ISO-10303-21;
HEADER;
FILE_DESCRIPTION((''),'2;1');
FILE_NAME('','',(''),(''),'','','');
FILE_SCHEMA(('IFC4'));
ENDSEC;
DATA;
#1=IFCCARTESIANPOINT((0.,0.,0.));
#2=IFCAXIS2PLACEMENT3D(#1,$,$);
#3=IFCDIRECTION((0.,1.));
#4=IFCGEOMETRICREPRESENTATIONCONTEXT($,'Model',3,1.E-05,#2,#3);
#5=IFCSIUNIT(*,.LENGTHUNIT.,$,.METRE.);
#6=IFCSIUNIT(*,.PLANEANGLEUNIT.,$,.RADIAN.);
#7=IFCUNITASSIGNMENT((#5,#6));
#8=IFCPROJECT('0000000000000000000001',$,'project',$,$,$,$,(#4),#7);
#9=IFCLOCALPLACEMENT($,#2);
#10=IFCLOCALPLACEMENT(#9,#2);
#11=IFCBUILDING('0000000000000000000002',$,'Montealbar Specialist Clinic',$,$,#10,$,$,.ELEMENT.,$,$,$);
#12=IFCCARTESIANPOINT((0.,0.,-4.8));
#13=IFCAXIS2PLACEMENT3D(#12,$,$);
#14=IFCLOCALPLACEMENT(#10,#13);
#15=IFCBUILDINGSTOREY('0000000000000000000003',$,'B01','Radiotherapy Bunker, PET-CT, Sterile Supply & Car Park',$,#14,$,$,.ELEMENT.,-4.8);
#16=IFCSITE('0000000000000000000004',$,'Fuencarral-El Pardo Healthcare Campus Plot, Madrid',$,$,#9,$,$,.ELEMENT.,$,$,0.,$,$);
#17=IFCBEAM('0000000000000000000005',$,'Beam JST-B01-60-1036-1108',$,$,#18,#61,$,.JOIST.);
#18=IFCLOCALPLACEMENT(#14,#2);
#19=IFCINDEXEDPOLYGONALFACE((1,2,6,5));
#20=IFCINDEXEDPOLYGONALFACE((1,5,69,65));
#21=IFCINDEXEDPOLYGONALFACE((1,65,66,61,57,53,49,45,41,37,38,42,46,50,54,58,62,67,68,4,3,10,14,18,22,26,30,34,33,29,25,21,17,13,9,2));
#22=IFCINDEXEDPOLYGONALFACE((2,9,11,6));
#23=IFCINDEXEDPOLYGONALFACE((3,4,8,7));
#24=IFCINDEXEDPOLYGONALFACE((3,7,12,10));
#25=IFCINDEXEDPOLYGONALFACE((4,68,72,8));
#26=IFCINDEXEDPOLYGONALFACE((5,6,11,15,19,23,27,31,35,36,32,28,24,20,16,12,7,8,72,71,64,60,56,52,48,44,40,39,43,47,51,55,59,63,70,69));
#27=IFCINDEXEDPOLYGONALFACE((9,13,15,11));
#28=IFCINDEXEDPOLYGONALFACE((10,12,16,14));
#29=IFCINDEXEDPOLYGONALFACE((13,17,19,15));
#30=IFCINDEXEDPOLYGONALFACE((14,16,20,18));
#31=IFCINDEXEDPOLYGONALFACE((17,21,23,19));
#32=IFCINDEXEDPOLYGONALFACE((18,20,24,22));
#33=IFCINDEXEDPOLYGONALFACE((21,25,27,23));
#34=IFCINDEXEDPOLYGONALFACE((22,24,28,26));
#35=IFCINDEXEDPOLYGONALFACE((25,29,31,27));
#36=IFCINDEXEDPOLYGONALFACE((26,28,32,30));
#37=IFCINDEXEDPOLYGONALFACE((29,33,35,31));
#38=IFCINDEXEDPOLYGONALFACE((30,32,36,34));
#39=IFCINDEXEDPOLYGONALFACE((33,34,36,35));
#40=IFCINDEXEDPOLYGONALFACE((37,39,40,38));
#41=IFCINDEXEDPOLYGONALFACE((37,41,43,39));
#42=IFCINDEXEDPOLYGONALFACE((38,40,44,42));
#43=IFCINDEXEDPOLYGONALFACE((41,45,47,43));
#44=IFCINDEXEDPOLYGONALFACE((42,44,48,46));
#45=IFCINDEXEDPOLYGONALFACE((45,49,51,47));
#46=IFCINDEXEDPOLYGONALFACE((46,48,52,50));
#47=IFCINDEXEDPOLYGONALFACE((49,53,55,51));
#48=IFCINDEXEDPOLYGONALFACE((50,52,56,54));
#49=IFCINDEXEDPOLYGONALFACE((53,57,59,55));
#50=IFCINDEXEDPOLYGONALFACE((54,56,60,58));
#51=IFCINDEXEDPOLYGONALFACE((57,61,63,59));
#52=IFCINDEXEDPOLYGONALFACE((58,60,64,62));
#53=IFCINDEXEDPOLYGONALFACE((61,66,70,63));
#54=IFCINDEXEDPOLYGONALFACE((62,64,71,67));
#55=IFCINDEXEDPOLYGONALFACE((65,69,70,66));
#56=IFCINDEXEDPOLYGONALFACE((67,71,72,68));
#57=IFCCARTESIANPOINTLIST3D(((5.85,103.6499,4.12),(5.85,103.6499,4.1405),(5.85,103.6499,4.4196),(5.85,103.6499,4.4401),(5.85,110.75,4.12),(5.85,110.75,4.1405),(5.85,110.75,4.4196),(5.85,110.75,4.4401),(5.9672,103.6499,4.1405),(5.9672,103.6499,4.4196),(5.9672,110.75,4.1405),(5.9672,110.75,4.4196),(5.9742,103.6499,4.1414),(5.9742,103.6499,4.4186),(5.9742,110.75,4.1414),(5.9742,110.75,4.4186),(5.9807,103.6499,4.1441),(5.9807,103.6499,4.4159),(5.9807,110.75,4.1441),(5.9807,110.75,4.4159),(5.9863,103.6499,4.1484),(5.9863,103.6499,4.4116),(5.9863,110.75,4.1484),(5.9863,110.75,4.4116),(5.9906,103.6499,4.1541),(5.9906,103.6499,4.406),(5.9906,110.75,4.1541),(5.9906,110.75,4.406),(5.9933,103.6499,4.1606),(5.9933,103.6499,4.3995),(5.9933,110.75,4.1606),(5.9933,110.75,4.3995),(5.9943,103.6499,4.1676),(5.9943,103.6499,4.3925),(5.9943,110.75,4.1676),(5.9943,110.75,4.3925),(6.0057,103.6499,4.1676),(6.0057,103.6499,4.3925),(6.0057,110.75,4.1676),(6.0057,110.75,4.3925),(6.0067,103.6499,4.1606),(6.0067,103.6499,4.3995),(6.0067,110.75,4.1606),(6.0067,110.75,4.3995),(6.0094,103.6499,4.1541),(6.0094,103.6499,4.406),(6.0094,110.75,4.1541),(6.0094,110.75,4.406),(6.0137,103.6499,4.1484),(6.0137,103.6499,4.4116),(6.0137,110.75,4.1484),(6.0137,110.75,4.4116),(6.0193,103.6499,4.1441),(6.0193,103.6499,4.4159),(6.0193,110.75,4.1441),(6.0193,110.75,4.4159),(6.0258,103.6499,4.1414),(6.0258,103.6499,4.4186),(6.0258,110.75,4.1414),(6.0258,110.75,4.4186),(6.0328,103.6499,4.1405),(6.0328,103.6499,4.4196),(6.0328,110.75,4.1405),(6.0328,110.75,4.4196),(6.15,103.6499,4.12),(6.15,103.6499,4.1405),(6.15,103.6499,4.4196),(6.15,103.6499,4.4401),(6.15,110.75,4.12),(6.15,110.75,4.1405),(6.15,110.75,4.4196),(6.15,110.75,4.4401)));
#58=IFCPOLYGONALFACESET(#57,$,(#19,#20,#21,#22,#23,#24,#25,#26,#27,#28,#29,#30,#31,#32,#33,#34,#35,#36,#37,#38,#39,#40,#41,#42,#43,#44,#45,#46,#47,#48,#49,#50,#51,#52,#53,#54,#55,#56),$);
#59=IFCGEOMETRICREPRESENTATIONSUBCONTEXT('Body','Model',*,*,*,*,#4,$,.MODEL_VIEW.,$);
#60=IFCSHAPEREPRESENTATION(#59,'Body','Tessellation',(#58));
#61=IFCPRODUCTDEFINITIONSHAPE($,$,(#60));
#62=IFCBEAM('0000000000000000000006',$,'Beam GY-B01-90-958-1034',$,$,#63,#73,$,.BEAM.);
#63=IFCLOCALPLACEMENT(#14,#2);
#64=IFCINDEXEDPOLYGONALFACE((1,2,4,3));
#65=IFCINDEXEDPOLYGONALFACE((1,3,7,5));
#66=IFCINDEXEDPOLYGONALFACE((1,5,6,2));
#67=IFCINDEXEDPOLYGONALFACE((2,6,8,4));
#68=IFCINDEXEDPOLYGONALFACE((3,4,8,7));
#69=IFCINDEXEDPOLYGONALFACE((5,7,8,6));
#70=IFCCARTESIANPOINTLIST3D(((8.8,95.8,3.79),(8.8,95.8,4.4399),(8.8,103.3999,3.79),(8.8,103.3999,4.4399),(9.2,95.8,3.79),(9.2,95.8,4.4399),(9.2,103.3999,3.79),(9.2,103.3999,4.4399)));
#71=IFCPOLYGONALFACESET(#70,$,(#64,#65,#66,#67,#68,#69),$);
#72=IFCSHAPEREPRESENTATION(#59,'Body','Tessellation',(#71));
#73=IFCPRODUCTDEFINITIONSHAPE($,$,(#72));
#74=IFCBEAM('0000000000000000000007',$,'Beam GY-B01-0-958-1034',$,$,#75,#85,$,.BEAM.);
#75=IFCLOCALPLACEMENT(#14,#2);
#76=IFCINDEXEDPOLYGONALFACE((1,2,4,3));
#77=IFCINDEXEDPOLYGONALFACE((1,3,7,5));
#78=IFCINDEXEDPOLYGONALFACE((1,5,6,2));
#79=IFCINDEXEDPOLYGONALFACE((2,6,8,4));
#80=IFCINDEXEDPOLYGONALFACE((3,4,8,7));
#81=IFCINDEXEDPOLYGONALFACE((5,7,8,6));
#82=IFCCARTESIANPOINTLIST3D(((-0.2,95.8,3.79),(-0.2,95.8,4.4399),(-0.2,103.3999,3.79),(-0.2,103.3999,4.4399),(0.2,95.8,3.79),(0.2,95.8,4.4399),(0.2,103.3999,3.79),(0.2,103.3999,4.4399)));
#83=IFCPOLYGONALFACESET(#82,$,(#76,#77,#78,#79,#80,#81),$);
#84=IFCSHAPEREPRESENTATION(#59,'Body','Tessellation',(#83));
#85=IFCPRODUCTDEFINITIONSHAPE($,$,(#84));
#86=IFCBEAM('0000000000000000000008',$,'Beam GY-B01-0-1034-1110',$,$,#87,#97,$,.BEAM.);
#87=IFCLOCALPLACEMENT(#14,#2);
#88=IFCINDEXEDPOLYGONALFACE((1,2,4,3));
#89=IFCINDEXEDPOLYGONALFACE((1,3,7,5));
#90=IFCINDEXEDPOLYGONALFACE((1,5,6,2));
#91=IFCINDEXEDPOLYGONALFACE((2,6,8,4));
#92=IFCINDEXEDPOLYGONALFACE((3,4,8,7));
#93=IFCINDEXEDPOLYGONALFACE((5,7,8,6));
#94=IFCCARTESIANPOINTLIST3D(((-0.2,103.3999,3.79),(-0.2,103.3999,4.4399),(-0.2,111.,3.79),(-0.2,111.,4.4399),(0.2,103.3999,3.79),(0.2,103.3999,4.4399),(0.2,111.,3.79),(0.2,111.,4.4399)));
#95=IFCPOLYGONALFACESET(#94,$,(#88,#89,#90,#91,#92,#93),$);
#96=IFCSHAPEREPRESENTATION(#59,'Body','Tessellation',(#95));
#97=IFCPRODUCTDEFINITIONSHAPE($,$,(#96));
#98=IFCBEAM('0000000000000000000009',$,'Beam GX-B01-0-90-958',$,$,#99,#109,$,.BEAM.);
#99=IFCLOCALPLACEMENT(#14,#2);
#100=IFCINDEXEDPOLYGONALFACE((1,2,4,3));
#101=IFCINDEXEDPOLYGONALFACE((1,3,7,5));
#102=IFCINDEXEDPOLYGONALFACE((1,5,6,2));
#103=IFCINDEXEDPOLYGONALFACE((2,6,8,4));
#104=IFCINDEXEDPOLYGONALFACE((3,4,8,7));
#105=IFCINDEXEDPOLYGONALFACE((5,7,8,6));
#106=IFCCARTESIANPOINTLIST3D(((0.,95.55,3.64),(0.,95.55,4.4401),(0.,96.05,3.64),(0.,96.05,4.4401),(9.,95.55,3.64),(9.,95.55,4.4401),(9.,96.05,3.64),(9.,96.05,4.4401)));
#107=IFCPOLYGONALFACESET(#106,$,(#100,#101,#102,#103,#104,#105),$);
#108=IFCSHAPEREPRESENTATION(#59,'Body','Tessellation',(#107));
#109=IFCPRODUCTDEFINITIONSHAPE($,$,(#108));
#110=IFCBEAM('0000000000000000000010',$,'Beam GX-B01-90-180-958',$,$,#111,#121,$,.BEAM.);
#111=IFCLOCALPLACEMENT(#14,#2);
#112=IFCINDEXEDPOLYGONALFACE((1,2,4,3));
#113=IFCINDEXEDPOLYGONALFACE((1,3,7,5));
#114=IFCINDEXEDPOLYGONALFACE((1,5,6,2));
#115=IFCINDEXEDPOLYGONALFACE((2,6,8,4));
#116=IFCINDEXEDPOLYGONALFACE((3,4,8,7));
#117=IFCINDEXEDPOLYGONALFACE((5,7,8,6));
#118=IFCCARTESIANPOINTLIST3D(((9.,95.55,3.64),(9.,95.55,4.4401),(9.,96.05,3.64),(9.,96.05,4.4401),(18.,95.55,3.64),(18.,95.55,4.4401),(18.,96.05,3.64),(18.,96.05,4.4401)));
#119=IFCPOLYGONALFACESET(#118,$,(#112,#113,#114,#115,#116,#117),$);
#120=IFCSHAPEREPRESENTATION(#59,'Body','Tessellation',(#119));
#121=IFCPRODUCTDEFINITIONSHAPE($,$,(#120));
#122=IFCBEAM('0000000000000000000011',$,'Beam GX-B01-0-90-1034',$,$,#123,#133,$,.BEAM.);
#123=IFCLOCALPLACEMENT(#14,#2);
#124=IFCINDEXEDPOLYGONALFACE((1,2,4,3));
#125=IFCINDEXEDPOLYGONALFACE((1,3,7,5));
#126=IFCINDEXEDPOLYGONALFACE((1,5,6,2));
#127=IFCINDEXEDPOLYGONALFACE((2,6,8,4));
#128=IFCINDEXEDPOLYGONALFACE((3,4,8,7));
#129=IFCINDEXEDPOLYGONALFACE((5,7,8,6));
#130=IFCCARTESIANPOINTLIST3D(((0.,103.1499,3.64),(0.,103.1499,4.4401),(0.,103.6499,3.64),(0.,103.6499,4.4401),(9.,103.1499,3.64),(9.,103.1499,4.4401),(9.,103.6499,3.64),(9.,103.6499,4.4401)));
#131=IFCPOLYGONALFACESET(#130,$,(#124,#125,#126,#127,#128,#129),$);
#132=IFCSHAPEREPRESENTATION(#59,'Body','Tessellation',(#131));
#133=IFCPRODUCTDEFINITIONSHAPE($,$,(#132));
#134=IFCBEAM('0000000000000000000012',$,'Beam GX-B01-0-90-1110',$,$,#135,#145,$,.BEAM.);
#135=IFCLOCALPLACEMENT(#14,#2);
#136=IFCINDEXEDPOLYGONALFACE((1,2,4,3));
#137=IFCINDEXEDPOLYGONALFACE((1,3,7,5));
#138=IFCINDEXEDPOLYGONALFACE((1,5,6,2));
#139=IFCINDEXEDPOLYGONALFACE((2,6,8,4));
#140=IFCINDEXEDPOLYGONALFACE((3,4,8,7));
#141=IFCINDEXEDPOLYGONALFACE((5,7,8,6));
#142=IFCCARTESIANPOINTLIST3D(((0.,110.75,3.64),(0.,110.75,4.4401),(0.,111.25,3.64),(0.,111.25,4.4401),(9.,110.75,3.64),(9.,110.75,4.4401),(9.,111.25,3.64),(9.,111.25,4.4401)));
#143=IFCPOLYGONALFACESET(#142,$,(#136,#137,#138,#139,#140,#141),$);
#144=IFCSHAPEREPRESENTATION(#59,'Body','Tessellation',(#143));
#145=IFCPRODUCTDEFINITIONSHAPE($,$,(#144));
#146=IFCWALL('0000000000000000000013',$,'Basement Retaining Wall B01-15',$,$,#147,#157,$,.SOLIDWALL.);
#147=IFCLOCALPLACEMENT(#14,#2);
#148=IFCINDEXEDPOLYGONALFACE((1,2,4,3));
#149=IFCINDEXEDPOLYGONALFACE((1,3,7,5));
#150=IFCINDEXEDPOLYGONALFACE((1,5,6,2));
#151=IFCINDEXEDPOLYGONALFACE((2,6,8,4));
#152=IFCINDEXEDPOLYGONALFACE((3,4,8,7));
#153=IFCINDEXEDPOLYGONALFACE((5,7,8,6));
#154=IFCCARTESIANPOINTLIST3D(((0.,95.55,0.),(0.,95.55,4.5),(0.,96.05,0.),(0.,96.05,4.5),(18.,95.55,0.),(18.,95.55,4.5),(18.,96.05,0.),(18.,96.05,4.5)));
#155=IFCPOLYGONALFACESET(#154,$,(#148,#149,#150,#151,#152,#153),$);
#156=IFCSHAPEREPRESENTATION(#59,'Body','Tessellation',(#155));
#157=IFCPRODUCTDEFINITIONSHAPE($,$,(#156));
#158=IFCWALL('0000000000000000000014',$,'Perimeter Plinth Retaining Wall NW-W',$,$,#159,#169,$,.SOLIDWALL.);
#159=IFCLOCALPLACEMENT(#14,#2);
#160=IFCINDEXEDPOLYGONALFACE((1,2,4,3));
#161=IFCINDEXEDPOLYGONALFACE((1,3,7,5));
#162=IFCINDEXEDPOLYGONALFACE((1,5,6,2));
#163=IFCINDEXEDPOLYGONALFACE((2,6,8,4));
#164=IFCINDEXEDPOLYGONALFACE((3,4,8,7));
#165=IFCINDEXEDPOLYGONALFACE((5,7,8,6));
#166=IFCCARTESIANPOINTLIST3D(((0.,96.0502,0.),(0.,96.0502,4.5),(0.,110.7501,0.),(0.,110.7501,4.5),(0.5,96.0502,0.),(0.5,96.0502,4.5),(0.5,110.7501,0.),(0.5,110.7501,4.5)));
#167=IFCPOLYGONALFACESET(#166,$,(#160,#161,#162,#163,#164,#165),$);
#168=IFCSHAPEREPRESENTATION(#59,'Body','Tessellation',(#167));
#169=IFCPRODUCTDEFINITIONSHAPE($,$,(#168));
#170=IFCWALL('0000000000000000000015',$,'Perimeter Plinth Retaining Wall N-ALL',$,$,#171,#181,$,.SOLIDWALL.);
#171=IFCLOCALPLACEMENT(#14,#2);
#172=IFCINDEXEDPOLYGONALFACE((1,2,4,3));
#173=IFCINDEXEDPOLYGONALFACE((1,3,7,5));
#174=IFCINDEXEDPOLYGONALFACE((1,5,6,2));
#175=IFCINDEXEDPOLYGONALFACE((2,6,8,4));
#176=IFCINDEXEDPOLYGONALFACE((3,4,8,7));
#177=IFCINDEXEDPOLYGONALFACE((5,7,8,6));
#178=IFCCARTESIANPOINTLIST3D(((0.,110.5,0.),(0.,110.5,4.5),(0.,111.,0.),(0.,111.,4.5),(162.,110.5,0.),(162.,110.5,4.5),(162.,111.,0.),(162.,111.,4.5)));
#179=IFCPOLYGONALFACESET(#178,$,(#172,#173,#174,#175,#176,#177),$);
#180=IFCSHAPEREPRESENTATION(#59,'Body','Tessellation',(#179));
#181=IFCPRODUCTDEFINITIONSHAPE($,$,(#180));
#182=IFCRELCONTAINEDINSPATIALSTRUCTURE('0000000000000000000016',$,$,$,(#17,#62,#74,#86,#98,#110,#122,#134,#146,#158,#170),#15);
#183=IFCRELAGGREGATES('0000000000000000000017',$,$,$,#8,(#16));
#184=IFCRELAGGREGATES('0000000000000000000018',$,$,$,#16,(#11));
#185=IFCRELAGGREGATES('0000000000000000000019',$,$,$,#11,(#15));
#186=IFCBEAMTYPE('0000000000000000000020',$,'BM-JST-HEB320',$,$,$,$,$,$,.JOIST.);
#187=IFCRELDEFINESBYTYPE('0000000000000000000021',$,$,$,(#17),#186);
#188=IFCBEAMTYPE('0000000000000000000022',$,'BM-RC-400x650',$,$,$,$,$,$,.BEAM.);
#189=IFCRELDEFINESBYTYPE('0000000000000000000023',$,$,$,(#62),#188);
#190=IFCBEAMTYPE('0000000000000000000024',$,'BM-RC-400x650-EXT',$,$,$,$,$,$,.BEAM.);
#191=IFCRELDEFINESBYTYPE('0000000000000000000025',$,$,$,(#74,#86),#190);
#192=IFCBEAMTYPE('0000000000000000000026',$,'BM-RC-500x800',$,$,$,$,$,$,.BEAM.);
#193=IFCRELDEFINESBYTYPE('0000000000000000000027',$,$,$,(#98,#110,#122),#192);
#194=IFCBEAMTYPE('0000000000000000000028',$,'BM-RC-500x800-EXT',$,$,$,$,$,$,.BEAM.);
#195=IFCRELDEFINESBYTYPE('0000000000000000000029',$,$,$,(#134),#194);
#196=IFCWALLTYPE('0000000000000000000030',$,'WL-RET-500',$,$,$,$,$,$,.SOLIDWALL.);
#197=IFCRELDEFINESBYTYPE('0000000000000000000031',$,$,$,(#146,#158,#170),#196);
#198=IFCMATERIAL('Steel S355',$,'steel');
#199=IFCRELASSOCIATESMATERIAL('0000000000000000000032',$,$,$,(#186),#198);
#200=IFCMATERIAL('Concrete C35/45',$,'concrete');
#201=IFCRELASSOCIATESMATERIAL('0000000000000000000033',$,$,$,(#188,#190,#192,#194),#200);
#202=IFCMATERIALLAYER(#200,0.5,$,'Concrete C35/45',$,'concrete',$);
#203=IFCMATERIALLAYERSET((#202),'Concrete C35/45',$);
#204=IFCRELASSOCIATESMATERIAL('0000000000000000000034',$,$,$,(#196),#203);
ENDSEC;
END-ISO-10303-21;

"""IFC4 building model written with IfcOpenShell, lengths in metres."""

from ifc_helpers import new_model, si_unit, direction, frame, frame_2d, origin, origin_2d, place, context, subcontext, project, spatial, rectangle, i_section, extrude, material, layer, layer_set, material_profile, profile_set, type_object, element, save


model = new_model("IFC4")

# Units and contexts
model_context = context("Model", 3, precision=1e-05, world=origin(), true_north=direction((0.0, 1.0)))
body_context = subcontext(model_context, "Body", "Model", "MODEL_VIEW")
ifc_project = project(units=[si_unit("LENGTHUNIT", "METRE"), si_unit("PLANEANGLEUNIT", "RADIAN")], contexts=[model_context])

# Site, building, storey
site_placement = place(None, origin())
site = spatial("IfcSite", under=ifc_project, at=site_placement, Name="Fuencarral-El Pardo Healthcare Campus Plot, Madrid", CompositionType="ELEMENT", RefElevation=0.0)
building_placement = place(site_placement, origin())
building = spatial("IfcBuilding", under=site, at=building_placement, Name="Montealbar Specialist Clinic", CompositionType="ELEMENT")
storey_placement = place(building_placement, frame((0.0, 0.0, -4.8)))
storey = spatial("IfcBuildingStorey", under=building, at=storey_placement, Name="B01", Description="Radiotherapy Bunker, PET-CT, Sterile Supply & Car Park", CompositionType="ELEMENT", Elevation=-4.8)

# Shared definitions
ifc_material_1 = material(Name="Concrete C35/45", Category="concrete")

# Beams
ifc_material_2 = material(Name="Steel S355", Category="steel")
ifc_material_profile_1 = material_profile(ifc_material_2, i_section(OverallWidth=0.3, OverallDepth=0.3201, WebThickness=0.0115, FlangeThickness=0.0205, FilletRadius=0.0271, at=origin_2d()), Name="HEB 320", Category="steel")
ifc_profile_set_1 = profile_set([ifc_material_profile_1], Name="Steel S355")
beam_type_1 = type_object("IfcBeamType", Name="BM-JST-HEB320", PredefinedType="JOIST", material=ifc_profile_set_1)
beam_1_placement = place(storey_placement, frame((6.0, 103.6499, 4.28), z_axis=(0.0, 1.0, 0.0), x_axis=(-1.0, 0.0, 0.0)))
element("IfcBeam", 1, at=beam_1_placement, inside=storey, type_object=beam_type_1, Name="Beam JST-B01-60-1036-1108", PredefinedType="JOIST", context=body_context, shape_type="SweptSolid", body=[
    extrude(i_section(OverallWidth=0.3, OverallDepth=0.3201, WebThickness=0.0115, FlangeThickness=0.0205, FilletRadius=0.0271, at=origin_2d()), origin(), (0.0, 0.0, 1.0), 7.1001),
])
ifc_material_profile_2 = material_profile(ifc_material_1, rectangle(XDim=0.3999, YDim=0.6499, at=origin_2d()), Name="RC 400x650", Category="concrete")
ifc_profile_set_2 = profile_set([ifc_material_profile_2], Name="Concrete C35/45")
beam_type_2 = type_object("IfcBeamType", Name="BM-RC-400x650", PredefinedType="BEAM", material=ifc_profile_set_2)
beam_2_placement = place(storey_placement, frame((9.0, 95.8, 4.115), z_axis=(0.0, 1.0, 0.0), x_axis=(-1.0, 0.0, 0.0)))
element("IfcBeam", 2, at=beam_2_placement, inside=storey, type_object=beam_type_2, Name="Beam GY-B01-90-958-1034", PredefinedType="BEAM", context=body_context, shape_type="SweptSolid", body=[
    extrude(rectangle(XDim=0.3999, YDim=0.6499, at=origin_2d()), origin(), (0.0, 0.0, 1.0), 7.5999),
])
ifc_material_profile_3 = material_profile(ifc_material_1, rectangle(XDim=0.3999, YDim=0.6499, at=origin_2d()), Name="RC 400x650", Category="concrete")
ifc_profile_set_3 = profile_set([ifc_material_profile_3], Name="Concrete C35/45")
beam_type_3 = type_object("IfcBeamType", Name="BM-RC-400x650-EXT", PredefinedType="BEAM", material=ifc_profile_set_3)
beam_3_placement = place(storey_placement, frame((0.0, 95.8, 4.115), z_axis=(0.0, 1.0, 0.0), x_axis=(-1.0, 0.0, 0.0)))
element("IfcBeam", 3, at=beam_3_placement, inside=storey, type_object=beam_type_3, Name="Beam GY-B01-0-958-1034", PredefinedType="BEAM", context=body_context, shape_type="SweptSolid", body=[
    extrude(rectangle(XDim=0.3999, YDim=0.6499, at=origin_2d()), origin(), (0.0, 0.0, 1.0), 7.5999),
])
beam_4_placement = place(storey_placement, frame((0.0, 103.3999, 4.115), z_axis=(0.0, 1.0, 0.0), x_axis=(-1.0, 0.0, 0.0)))
element("IfcBeam", 4, at=beam_4_placement, inside=storey, type_object=beam_type_3, Name="Beam GY-B01-0-1034-1110", PredefinedType="BEAM", context=body_context, shape_type="SweptSolid", body=[
    extrude(rectangle(XDim=0.3999, YDim=0.6499, at=origin_2d()), origin(), (0.0, 0.0, 1.0), 7.6001),
])
ifc_material_profile_4 = material_profile(ifc_material_1, rectangle(XDim=0.5, YDim=0.8, at=origin_2d()), Name="RC 500x800", Category="concrete")
ifc_profile_set_4 = profile_set([ifc_material_profile_4], Name="Concrete C35/45")
beam_type_4 = type_object("IfcBeamType", Name="BM-RC-500x800", PredefinedType="BEAM", material=ifc_profile_set_4)
for number, where, z_axis, x_axis, name in (
    (5, (0.0, 95.8, 4.04), (1.0, 0.0, 0.0), (0.0, 1.0, 0.0), "Beam GX-B01-0-90-958"),
    (6, (9.0, 95.8, 4.04), (1.0, 0.0, 0.0), (0.0, 1.0, 0.0), "Beam GX-B01-90-180-958"),
    (7, (0.0, 103.3999, 4.04), (1.0, 0.0, 0.0), (0.0, 1.0, 0.0), "Beam GX-B01-0-90-1034"),
):
    element("IfcBeam", number, at=place(storey_placement, frame(where, z_axis=z_axis, x_axis=x_axis)), inside=storey, type_object=beam_type_4, Name=name, PredefinedType="BEAM", context=body_context, shape_type="SweptSolid", body=[
        extrude(rectangle(XDim=0.5, YDim=0.8, at=origin_2d()), origin(), (0.0, 0.0, 1.0), 9.0),
    ])
ifc_material_profile_5 = material_profile(ifc_material_1, rectangle(XDim=0.5, YDim=0.8, at=origin_2d()), Name="RC 500x800", Category="concrete")
ifc_profile_set_5 = profile_set([ifc_material_profile_5], Name="Concrete C35/45")
beam_type_5 = type_object("IfcBeamType", Name="BM-RC-500x800-EXT", PredefinedType="BEAM", material=ifc_profile_set_5)
beam_5_placement = place(storey_placement, frame((0.0, 111.0, 4.04), z_axis=(1.0, 0.0, 0.0), x_axis=(0.0, 1.0, 0.0)))
element("IfcBeam", 8, at=beam_5_placement, inside=storey, type_object=beam_type_5, Name="Beam GX-B01-0-90-1110", PredefinedType="BEAM", context=body_context, shape_type="SweptSolid", body=[
    extrude(rectangle(XDim=0.5, YDim=0.8, at=origin_2d()), origin(), (0.0, 0.0, 1.0), 9.0),
])

# Walls
ifc_layer = layer(ifc_material_1, 0.5, Name="Concrete C35/45", Category="concrete")
ifc_layer_set = layer_set([ifc_layer], Name="Concrete C35/45")
wall_type = type_object("IfcWallType", Name="WL-RET-500", PredefinedType="SOLIDWALL", material=ifc_layer_set)
wall_1_placement = place(storey_placement, frame((0.0, 95.8, 0.0), z_axis=(0.0, 0.0, 1.0), x_axis=(1.0, 0.0, 0.0)))
element("IfcWall", 9, at=wall_1_placement, inside=storey, type_object=wall_type, Name="Basement Retaining Wall B01-15", PredefinedType="SOLIDWALL", context=body_context, shape_type="SweptSolid", body=[
    extrude(rectangle(XDim=18.0, YDim=0.5, at=frame_2d((9.0, 0.0))), origin(), (0.0, 0.0, 1.0), 4.5),
])
wall_2_placement = place(storey_placement, frame((0.25, 96.05, 0.0), z_axis=(0.0, 0.0, 1.0), x_axis=(0.0, 1.0, 0.0)))
element("IfcWall", 10, at=wall_2_placement, inside=storey, type_object=wall_type, Name="Perimeter Plinth Retaining Wall NW-W", PredefinedType="SOLIDWALL", context=body_context, shape_type="SweptSolid", body=[
    extrude(rectangle(XDim=14.7, YDim=0.5, at=frame_2d((7.3501, 0.0))), origin(), (0.0, 0.0, 1.0), 4.5),
])
wall_3_placement = place(storey_placement, frame((0.0, 110.75, 0.0), z_axis=(0.0, 0.0, 1.0), x_axis=(1.0, 0.0, 0.0)))
element("IfcWall", 11, at=wall_3_placement, inside=storey, type_object=wall_type, Name="Perimeter Plinth Retaining Wall N-ALL", PredefinedType="SOLIDWALL", context=body_context, shape_type="SweptSolid", body=[
    extrude(rectangle(XDim=162.0, YDim=0.5, at=frame_2d((81.0, 0.0))), origin(), (0.0, 0.0, 1.0), 4.5),
])

save(model, "model.ifc")
